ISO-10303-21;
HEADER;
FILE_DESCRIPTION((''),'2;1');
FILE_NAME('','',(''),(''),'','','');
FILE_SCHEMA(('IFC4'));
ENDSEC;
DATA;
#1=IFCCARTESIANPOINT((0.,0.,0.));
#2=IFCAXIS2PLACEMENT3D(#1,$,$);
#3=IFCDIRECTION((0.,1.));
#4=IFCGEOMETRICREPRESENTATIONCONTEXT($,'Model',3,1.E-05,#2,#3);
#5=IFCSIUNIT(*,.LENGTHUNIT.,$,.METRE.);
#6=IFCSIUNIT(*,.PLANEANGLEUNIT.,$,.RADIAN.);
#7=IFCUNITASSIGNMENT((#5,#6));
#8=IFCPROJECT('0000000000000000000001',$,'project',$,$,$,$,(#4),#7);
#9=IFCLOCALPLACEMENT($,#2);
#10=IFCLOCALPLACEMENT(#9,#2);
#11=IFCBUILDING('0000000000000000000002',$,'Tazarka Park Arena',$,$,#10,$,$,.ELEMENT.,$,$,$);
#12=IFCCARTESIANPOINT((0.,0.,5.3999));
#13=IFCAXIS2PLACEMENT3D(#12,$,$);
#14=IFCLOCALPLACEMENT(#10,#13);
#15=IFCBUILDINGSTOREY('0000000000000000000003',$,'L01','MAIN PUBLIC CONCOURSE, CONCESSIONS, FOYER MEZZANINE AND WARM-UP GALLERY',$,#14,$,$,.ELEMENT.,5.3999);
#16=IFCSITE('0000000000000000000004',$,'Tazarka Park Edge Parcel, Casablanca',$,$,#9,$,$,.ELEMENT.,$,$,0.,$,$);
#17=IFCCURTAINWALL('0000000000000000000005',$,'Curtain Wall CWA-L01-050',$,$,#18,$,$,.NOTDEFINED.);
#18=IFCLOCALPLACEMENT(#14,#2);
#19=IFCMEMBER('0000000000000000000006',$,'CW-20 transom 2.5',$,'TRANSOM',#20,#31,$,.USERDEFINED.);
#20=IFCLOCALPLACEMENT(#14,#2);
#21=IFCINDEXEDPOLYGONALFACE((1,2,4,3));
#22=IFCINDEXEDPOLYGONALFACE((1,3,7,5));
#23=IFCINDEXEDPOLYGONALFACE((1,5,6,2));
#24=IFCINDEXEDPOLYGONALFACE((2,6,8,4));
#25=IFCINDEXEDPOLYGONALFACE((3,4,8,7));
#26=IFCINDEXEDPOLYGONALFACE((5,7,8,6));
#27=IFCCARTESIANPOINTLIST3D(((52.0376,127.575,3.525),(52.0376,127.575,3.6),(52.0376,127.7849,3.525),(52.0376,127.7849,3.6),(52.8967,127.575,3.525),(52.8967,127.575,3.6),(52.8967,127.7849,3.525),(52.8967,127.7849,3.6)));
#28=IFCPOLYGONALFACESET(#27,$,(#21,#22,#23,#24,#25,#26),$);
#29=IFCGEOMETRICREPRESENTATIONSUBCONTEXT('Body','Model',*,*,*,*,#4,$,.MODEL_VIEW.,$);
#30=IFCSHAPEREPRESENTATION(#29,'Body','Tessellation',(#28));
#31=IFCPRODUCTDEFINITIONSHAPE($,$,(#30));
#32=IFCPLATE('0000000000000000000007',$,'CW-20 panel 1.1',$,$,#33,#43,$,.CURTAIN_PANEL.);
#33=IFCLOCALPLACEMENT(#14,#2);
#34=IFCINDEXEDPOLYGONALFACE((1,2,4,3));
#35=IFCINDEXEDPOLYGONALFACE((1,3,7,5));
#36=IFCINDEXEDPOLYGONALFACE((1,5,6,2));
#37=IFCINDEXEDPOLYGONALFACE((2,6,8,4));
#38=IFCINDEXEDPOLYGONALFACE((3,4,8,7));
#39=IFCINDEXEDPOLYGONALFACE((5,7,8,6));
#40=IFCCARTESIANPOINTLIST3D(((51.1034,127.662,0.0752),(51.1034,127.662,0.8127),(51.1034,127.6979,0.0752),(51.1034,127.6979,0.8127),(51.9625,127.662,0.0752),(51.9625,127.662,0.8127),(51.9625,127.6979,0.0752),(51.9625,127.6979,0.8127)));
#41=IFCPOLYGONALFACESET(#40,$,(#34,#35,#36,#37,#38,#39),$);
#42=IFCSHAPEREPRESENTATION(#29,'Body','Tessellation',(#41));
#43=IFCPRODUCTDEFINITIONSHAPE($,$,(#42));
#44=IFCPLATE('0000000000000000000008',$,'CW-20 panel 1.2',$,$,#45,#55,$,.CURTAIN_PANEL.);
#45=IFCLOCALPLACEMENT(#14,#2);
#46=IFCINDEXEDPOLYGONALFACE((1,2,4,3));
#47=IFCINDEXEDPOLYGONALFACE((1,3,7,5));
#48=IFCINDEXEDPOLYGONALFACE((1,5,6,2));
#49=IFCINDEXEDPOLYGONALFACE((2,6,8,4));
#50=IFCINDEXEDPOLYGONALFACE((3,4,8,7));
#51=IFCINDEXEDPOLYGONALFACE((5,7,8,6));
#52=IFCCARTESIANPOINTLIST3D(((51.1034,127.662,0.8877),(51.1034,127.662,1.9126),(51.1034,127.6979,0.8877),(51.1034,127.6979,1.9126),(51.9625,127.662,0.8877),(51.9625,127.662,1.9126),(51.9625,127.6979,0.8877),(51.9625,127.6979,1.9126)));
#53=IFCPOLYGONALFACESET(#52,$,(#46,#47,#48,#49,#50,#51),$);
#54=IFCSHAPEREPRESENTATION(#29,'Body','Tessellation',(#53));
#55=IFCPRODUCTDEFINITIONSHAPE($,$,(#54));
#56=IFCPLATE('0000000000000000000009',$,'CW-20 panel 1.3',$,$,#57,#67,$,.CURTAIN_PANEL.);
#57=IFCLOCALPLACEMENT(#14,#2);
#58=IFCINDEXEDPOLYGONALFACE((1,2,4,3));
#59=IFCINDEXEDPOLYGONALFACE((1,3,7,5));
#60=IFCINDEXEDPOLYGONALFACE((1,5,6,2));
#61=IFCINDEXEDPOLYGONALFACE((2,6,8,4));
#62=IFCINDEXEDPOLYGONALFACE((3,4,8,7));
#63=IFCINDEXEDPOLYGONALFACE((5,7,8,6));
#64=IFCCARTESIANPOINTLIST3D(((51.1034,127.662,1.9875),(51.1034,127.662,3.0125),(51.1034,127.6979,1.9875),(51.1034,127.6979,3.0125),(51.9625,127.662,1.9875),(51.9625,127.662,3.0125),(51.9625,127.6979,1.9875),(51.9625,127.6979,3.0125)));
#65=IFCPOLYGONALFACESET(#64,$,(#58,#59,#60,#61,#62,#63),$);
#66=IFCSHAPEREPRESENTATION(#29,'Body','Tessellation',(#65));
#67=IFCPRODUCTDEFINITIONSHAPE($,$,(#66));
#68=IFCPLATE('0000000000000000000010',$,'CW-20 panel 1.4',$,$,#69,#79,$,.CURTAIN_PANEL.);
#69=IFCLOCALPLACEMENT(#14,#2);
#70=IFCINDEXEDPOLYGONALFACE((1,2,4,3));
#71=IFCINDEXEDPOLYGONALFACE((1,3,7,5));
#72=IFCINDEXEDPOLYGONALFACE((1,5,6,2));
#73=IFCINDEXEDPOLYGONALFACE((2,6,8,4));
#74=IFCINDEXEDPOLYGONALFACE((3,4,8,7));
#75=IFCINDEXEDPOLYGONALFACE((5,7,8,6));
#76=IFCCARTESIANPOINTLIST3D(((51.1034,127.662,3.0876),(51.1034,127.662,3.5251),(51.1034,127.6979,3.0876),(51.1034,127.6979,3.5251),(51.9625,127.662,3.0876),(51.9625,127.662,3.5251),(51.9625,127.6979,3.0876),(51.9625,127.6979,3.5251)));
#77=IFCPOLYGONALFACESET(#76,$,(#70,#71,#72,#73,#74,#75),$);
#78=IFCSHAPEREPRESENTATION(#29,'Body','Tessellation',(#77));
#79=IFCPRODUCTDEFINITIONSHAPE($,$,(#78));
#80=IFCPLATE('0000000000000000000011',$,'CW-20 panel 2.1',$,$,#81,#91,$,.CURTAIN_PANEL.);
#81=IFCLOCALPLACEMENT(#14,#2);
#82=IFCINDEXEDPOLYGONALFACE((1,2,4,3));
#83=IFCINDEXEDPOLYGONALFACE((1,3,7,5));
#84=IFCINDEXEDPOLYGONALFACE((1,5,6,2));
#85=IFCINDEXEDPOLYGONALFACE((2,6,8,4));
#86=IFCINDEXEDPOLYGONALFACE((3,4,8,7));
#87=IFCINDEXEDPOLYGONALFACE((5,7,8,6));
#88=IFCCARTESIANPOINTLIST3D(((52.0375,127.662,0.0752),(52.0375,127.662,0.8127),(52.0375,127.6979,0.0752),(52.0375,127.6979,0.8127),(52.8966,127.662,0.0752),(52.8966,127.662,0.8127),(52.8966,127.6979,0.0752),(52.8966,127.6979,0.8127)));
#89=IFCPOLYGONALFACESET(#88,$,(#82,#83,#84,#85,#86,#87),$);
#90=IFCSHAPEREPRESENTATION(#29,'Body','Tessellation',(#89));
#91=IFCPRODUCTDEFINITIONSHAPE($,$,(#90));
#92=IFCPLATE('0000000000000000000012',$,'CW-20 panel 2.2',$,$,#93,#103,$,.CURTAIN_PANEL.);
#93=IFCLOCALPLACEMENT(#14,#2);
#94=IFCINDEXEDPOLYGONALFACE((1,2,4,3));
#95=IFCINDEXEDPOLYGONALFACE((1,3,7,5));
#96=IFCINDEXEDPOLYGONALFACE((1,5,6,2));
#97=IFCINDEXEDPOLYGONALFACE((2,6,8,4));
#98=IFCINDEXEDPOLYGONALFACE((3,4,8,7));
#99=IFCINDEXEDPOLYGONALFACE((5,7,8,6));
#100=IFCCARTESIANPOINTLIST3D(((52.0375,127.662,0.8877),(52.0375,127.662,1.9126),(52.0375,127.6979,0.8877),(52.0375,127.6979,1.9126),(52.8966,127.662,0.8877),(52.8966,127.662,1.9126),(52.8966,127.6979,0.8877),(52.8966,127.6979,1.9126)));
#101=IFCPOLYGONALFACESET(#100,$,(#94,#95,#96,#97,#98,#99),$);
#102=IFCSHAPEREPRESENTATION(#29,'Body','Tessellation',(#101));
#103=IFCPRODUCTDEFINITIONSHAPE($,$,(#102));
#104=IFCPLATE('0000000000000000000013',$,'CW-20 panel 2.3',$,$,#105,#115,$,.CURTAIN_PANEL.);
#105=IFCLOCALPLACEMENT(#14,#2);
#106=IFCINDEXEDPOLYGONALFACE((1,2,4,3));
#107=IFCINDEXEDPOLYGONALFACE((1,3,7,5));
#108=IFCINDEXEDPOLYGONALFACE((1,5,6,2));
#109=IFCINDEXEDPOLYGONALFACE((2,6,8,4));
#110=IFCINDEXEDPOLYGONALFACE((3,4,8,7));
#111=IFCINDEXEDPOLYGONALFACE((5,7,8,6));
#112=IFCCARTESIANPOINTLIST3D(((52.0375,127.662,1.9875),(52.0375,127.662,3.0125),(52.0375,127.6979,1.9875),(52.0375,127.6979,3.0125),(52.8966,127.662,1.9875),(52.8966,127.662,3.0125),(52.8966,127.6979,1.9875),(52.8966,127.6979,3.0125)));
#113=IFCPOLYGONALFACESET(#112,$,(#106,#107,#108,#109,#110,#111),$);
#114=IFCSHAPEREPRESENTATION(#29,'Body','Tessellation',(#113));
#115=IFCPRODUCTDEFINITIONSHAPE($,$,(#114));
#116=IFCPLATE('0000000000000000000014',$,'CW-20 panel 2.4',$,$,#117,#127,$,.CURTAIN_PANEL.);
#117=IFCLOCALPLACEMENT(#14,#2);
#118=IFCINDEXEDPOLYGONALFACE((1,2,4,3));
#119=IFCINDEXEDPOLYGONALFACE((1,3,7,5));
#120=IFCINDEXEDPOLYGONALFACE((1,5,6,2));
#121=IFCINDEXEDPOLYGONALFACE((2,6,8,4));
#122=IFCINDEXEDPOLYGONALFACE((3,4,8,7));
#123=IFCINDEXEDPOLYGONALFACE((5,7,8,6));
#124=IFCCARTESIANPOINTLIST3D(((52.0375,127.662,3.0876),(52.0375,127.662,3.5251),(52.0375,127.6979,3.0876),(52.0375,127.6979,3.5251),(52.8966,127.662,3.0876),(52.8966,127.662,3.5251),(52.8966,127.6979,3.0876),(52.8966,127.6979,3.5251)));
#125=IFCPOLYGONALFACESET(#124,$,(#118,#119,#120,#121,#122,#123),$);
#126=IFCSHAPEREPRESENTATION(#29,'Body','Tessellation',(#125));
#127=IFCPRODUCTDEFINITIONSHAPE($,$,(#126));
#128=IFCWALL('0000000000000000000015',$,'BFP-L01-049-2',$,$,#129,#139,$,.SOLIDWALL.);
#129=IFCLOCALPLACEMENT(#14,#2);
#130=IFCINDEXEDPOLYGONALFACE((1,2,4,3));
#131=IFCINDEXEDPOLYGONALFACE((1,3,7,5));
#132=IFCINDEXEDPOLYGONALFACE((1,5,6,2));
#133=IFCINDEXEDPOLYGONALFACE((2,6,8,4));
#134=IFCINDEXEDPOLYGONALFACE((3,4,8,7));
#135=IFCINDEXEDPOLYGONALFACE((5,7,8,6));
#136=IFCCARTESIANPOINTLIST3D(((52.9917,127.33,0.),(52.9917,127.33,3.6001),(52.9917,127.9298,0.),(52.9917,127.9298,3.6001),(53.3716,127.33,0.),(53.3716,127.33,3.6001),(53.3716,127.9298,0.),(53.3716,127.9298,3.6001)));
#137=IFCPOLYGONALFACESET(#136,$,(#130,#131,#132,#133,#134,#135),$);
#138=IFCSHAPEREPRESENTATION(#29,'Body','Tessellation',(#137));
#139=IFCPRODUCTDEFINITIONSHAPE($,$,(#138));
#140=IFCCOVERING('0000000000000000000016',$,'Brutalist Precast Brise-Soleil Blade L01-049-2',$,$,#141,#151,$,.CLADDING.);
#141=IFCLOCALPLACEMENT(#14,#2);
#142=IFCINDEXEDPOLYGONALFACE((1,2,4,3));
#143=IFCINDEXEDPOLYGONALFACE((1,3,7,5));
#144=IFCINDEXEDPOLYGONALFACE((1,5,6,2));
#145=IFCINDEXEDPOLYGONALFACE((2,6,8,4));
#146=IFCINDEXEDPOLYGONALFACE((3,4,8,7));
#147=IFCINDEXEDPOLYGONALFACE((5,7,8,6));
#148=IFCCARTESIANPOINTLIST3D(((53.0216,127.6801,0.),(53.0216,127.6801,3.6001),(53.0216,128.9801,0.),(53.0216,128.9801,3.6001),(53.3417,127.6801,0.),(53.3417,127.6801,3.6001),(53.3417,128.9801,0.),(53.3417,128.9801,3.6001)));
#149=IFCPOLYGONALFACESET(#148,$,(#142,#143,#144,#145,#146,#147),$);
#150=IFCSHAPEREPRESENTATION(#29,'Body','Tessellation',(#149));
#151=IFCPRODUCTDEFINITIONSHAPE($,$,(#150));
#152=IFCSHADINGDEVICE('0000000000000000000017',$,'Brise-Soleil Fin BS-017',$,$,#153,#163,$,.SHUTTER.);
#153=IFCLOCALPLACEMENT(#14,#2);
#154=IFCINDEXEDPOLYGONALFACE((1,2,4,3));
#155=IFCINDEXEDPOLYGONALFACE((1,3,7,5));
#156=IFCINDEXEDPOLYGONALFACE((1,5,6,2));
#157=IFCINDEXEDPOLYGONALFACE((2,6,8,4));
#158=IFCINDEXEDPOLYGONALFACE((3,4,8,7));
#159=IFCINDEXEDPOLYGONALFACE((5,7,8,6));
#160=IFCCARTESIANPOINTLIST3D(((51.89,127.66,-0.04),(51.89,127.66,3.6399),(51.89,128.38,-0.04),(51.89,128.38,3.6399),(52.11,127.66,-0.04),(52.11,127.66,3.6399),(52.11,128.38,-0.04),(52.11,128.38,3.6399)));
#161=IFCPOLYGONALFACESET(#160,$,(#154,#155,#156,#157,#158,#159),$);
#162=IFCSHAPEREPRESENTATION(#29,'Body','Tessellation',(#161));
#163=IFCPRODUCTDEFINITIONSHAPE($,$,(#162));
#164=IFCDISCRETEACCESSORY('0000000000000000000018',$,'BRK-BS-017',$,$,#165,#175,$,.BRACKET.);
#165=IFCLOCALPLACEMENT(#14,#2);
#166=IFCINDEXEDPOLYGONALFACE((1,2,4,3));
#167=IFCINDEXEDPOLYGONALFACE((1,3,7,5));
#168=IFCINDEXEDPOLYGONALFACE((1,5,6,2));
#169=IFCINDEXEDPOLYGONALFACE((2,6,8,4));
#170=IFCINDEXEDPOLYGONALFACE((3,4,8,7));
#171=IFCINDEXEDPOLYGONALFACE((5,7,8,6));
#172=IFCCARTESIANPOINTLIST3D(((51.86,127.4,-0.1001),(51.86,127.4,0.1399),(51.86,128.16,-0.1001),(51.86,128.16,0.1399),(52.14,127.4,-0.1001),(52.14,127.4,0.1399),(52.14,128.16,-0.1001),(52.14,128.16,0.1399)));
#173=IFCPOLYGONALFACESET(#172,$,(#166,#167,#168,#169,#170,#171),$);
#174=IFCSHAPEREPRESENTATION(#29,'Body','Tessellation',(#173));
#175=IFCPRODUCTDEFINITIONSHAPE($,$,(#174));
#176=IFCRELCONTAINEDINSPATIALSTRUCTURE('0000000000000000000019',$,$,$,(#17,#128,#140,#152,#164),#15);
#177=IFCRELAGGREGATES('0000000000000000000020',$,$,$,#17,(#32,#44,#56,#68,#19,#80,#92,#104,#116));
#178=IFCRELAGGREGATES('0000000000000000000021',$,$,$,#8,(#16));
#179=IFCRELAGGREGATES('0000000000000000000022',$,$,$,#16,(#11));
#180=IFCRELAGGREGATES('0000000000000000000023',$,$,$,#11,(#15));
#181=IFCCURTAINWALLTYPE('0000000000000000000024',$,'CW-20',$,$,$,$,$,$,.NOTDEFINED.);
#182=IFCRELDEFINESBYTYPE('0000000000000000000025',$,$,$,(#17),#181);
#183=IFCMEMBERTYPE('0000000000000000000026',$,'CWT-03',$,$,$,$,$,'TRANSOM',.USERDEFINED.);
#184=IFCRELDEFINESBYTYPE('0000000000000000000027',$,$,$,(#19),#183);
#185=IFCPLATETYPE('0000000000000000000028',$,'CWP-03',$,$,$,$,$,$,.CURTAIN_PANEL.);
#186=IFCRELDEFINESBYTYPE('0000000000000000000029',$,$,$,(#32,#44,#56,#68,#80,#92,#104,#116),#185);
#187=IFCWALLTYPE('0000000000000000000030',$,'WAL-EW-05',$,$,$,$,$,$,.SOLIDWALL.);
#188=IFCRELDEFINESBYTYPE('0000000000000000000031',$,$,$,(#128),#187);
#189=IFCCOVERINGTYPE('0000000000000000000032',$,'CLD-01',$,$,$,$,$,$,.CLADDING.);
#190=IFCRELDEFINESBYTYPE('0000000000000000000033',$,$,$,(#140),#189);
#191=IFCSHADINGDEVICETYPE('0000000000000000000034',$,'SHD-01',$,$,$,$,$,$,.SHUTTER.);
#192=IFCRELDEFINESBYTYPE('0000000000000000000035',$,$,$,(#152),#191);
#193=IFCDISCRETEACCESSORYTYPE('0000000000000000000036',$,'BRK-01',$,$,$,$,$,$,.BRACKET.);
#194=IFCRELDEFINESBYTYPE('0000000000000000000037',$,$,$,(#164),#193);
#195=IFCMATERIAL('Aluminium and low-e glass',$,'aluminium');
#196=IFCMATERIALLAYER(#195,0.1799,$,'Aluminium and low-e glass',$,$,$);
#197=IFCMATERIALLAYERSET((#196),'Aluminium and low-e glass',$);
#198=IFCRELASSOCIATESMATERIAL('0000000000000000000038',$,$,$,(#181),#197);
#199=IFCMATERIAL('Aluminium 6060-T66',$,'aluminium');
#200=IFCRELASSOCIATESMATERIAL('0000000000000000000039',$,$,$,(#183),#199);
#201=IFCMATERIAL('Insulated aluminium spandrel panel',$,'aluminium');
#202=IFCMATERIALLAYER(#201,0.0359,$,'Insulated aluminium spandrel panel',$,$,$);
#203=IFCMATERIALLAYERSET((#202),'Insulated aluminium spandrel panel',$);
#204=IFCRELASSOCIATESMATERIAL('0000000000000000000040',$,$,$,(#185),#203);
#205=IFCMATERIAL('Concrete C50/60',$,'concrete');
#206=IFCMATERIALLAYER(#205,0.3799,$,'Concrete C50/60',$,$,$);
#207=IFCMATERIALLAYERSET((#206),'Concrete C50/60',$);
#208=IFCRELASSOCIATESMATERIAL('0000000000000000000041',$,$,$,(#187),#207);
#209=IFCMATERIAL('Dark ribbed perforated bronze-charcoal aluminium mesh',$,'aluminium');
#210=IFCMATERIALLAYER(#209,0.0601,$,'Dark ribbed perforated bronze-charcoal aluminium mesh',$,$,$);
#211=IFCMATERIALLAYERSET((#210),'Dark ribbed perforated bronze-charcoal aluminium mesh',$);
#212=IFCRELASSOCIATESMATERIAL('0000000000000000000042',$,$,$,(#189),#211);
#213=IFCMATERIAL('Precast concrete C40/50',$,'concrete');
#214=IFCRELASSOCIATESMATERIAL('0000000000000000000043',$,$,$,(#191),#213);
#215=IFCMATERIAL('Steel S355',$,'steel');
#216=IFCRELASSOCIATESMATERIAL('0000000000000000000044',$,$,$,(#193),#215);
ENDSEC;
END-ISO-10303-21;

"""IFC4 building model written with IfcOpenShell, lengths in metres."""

from ifc_helpers import new_model, si_unit, direction, frame, frame_2d, origin, origin_2d, place, context, subcontext, project, spatial, rectangle, extrude, material, layer, layer_set, material_profile, profile_set, type_object, element, aggregate, save


model = new_model("IFC4")

# Units and contexts
model_context = context("Model", 3, precision=1e-05, world=origin(), true_north=direction((0.0, 1.0)))
body_context = subcontext(model_context, "Body", "Model", "MODEL_VIEW")
ifc_project = project(units=[si_unit("LENGTHUNIT", "METRE"), si_unit("PLANEANGLEUNIT", "RADIAN")], contexts=[model_context])

# Site, building, storey
site_placement = place(None, origin())
site = spatial("IfcSite", under=ifc_project, at=site_placement, Name="Tazarka Park Edge Parcel, Casablanca", CompositionType="ELEMENT", RefElevation=0.0)
building_placement = place(site_placement, origin())
building = spatial("IfcBuilding", under=site, at=building_placement, Name="Tazarka Park Arena", CompositionType="ELEMENT")
storey_placement = place(building_placement, frame((0.0, 0.0, 5.3999)))
storey = spatial("IfcBuildingStorey", under=building, at=storey_placement, Name="L01", Description="MAIN PUBLIC CONCOURSE, CONCESSIONS, FOYER MEZZANINE AND WARM-UP GALLERY", CompositionType="ELEMENT", Elevation=5.3999)

# Curtain wall
ifc_material_1 = material(Name="Aluminium and low-e glass", Category="aluminium")
ifc_layer_1 = layer(ifc_material_1, 0.1799, Name="Aluminium and low-e glass")
ifc_layer_set_1 = layer_set([ifc_layer_1], Name="Aluminium and low-e glass")
curtain_wall_type_1 = type_object("IfcCurtainWallType", Name="CW-20", PredefinedType="NOTDEFINED", material=ifc_layer_set_1)
curtain_wall_1_placement = place(storey_placement, origin())
curtain_wall_1 = element("IfcCurtainWall", 1, at=curtain_wall_1_placement, inside=storey, type_object=curtain_wall_type_1, Name="Curtain Wall CWA-L01-050", PredefinedType="NOTDEFINED")

# Member
ifc_material_2 = material(Name="Aluminium 6060-T66", Category="aluminium")
ifc_material_profile_1 = material_profile(ifc_material_2, rectangle(XDim=0.21, YDim=0.075, at=origin_2d()), Name="Aluminium 6060-T66")
ifc_profile_set_1 = profile_set([ifc_material_profile_1], Name="Aluminium 6060-T66")
member_type_1 = type_object("IfcMemberType", Name="CWT-03", ElementType="TRANSOM", PredefinedType="USERDEFINED", material=ifc_profile_set_1)
member_1_placement = place(storey_placement, frame((52.0376, 127.6799, 3.5625), z_axis=(1.0, 0.0, 0.0), x_axis=(0.0, 1.0, 0.0)))
member_1 = element("IfcMember", 2, at=member_1_placement, type_object=member_type_1, Name="CW-20 transom 2.5", ObjectType="TRANSOM", PredefinedType="USERDEFINED", context=body_context, shape_type="SweptSolid", body=[
    extrude(rectangle(XDim=0.21, YDim=0.075, at=origin_2d()), origin(), (0.0, 0.0, 1.0), 0.8591),
])

# Plates
ifc_material_3 = material(Name="Insulated aluminium spandrel panel", Category="aluminium")
ifc_layer_2 = layer(ifc_material_3, 0.0359, Name="Insulated aluminium spandrel panel")
ifc_layer_set_2 = layer_set([ifc_layer_2], Name="Insulated aluminium spandrel panel")
plate_type = type_object("IfcPlateType", Name="CWP-03", PredefinedType="CURTAIN_PANEL", material=ifc_layer_set_2)
plate_1_placement = place(storey_placement, frame((51.533, 127.6799, 0.0752), z_axis=(0.0, 0.0, 1.0), x_axis=(1.0, 0.0, 0.0)))
plate_1 = element("IfcPlate", 3, at=plate_1_placement, type_object=plate_type, Name="CW-20 panel 1.1", PredefinedType="CURTAIN_PANEL", context=body_context, shape_type="SweptSolid", body=[
    extrude(rectangle(XDim=0.8591, YDim=0.0359, at=origin_2d()), origin(), (0.0, 0.0, 1.0), 0.7375),
])
plate_2_placement = place(storey_placement, frame((51.533, 127.6799, 0.8877), z_axis=(0.0, 0.0, 1.0), x_axis=(1.0, 0.0, 0.0)))
plate_2 = element("IfcPlate", 4, at=plate_2_placement, type_object=plate_type, Name="CW-20 panel 1.2", PredefinedType="CURTAIN_PANEL", context=body_context, shape_type="SweptSolid", body=[
    extrude(rectangle(XDim=0.8591, YDim=0.0359, at=origin_2d()), origin(), (0.0, 0.0, 1.0), 1.0249),
])
plate_3_placement = place(storey_placement, frame((51.533, 127.6799, 1.9875), z_axis=(0.0, 0.0, 1.0), x_axis=(1.0, 0.0, 0.0)))
plate_3 = element("IfcPlate", 5, at=plate_3_placement, type_object=plate_type, Name="CW-20 panel 1.3", PredefinedType="CURTAIN_PANEL", context=body_context, shape_type="SweptSolid", body=[
    extrude(rectangle(XDim=0.8591, YDim=0.0359, at=origin_2d()), origin(), (0.0, 0.0, 1.0), 1.0249),
])
plate_4_placement = place(storey_placement, frame((51.533, 127.6799, 3.0876), z_axis=(0.0, 0.0, 1.0), x_axis=(1.0, 0.0, 0.0)))
plate_4 = element("IfcPlate", 6, at=plate_4_placement, type_object=plate_type, Name="CW-20 panel 1.4", PredefinedType="CURTAIN_PANEL", context=body_context, shape_type="SweptSolid", body=[
    extrude(rectangle(XDim=0.8591, YDim=0.0359, at=origin_2d()), origin(), (0.0, 0.0, 1.0), 0.4375),
])
plate_5_placement = place(storey_placement, frame((52.467, 127.6799, 0.0752), z_axis=(0.0, 0.0, 1.0), x_axis=(1.0, 0.0, 0.0)))
plate_5 = element("IfcPlate", 7, at=plate_5_placement, type_object=plate_type, Name="CW-20 panel 2.1", PredefinedType="CURTAIN_PANEL", context=body_context, shape_type="SweptSolid", body=[
    extrude(rectangle(XDim=0.8591, YDim=0.0359, at=origin_2d()), origin(), (0.0, 0.0, 1.0), 0.7375),
])
plate_6_placement = place(storey_placement, frame((52.467, 127.6799, 0.8877), z_axis=(0.0, 0.0, 1.0), x_axis=(1.0, 0.0, 0.0)))
plate_6 = element("IfcPlate", 8, at=plate_6_placement, type_object=plate_type, Name="CW-20 panel 2.2", PredefinedType="CURTAIN_PANEL", context=body_context, shape_type="SweptSolid", body=[
    extrude(rectangle(XDim=0.8591, YDim=0.0359, at=origin_2d()), origin(), (0.0, 0.0, 1.0), 1.0249),
])
plate_7_placement = place(storey_placement, frame((52.467, 127.6799, 1.9875), z_axis=(0.0, 0.0, 1.0), x_axis=(1.0, 0.0, 0.0)))
plate_7 = element("IfcPlate", 9, at=plate_7_placement, type_object=plate_type, Name="CW-20 panel 2.3", PredefinedType="CURTAIN_PANEL", context=body_context, shape_type="SweptSolid", body=[
    extrude(rectangle(XDim=0.8591, YDim=0.0359, at=origin_2d()), origin(), (0.0, 0.0, 1.0), 1.0249),
])
plate_8_placement = place(storey_placement, frame((52.467, 127.6799, 3.0876), z_axis=(0.0, 0.0, 1.0), x_axis=(1.0, 0.0, 0.0)))
plate_8 = element("IfcPlate", 10, at=plate_8_placement, type_object=plate_type, Name="CW-20 panel 2.4", PredefinedType="CURTAIN_PANEL", context=body_context, shape_type="SweptSolid", body=[
    extrude(rectangle(XDim=0.8591, YDim=0.0359, at=origin_2d()), origin(), (0.0, 0.0, 1.0), 0.4375),
])
aggregate(curtain_wall_1, [plate_1, plate_2, plate_3, plate_4, member_1, plate_5, plate_6, plate_7, plate_8])

# Wall
ifc_material_4 = material(Name="Concrete C50/60", Category="concrete")
ifc_layer_3 = layer(ifc_material_4, 0.3799, Name="Concrete C50/60")
ifc_layer_set_3 = layer_set([ifc_layer_3], Name="Concrete C50/60")
wall_type = type_object("IfcWallType", Name="WAL-EW-05", PredefinedType="SOLIDWALL", material=ifc_layer_set_3)
wall_placement = place(storey_placement, frame((53.1816, 127.3301, 0.0), z_axis=(0.0, 0.0, 1.0), x_axis=(0.0, 1.0, 0.0)))
element("IfcWall", 11, at=wall_placement, inside=storey, type_object=wall_type, Name="BFP-L01-049-2", PredefinedType="SOLIDWALL", context=body_context, shape_type="SweptSolid", body=[
    extrude(rectangle(XDim=0.5999, YDim=0.3799, at=frame_2d((0.2998, 0.0))), origin(), (0.0, 0.0, 1.0), 3.6001),
])

# Covering
ifc_material_5 = material(Name="Dark ribbed perforated bronze-charcoal aluminium mesh", Category="aluminium")
ifc_layer_4 = layer(ifc_material_5, 0.0601, Name="Dark ribbed perforated bronze-charcoal aluminium mesh")
ifc_layer_set_4 = layer_set([ifc_layer_4], Name="Dark ribbed perforated bronze-charcoal aluminium mesh")
covering_type = type_object("IfcCoveringType", Name="CLD-01", PredefinedType="CLADDING", material=ifc_layer_set_4)
covering_placement = place(storey_placement, frame((53.1816, 128.3301, 0.0), z_axis=(0.0, 0.0, 1.0), x_axis=(1.0, 0.0, 0.0)))
element("IfcCovering", 12, at=covering_placement, inside=storey, type_object=covering_type, Name="Brutalist Precast Brise-Soleil Blade L01-049-2", PredefinedType="CLADDING", context=body_context, shape_type="SweptSolid", body=[
    extrude(rectangle(XDim=0.3201, YDim=1.3, at=origin_2d()), origin(), (0.0, 0.0, 1.0), 3.6001),
])

# Shading device
ifc_material_6 = material(Name="Precast concrete C40/50", Category="concrete")
shading_device_type = type_object("IfcShadingDeviceType", Name="SHD-01", PredefinedType="SHUTTER", material=ifc_material_6)
shading_device_placement = place(storey_placement, frame((52.0, 128.02, -0.04), z_axis=(0.0, 0.0, 1.0), x_axis=(1.0, 0.0, 0.0)))
element("IfcShadingDevice", 13, at=shading_device_placement, inside=storey, type_object=shading_device_type, Name="Brise-Soleil Fin BS-017", PredefinedType="SHUTTER", context=body_context, shape_type="SweptSolid", body=[
    extrude(rectangle(XDim=0.22, YDim=0.72, at=origin_2d()), origin(), (0.0, 0.0, 1.0), 3.6799),
])

# Discrete accessory
ifc_material_7 = material(Name="Steel S355", Category="steel")
discrete_accessory_type = type_object("IfcDiscreteAccessoryType", Name="BRK-01", PredefinedType="BRACKET", material=ifc_material_7)
discrete_accessory_placement = place(storey_placement, frame((52.0, 127.78, -0.1001), z_axis=(0.0, 0.0, 1.0), x_axis=(1.0, 0.0, 0.0)))
element("IfcDiscreteAccessory", 14, at=discrete_accessory_placement, inside=storey, type_object=discrete_accessory_type, Name="BRK-BS-017", PredefinedType="BRACKET", context=body_context, shape_type="SweptSolid", body=[
    extrude(rectangle(XDim=0.28, YDim=0.76, at=origin_2d()), origin(), (0.0, 0.0, 1.0), 0.24),
])

save(model, "model.ifc")
